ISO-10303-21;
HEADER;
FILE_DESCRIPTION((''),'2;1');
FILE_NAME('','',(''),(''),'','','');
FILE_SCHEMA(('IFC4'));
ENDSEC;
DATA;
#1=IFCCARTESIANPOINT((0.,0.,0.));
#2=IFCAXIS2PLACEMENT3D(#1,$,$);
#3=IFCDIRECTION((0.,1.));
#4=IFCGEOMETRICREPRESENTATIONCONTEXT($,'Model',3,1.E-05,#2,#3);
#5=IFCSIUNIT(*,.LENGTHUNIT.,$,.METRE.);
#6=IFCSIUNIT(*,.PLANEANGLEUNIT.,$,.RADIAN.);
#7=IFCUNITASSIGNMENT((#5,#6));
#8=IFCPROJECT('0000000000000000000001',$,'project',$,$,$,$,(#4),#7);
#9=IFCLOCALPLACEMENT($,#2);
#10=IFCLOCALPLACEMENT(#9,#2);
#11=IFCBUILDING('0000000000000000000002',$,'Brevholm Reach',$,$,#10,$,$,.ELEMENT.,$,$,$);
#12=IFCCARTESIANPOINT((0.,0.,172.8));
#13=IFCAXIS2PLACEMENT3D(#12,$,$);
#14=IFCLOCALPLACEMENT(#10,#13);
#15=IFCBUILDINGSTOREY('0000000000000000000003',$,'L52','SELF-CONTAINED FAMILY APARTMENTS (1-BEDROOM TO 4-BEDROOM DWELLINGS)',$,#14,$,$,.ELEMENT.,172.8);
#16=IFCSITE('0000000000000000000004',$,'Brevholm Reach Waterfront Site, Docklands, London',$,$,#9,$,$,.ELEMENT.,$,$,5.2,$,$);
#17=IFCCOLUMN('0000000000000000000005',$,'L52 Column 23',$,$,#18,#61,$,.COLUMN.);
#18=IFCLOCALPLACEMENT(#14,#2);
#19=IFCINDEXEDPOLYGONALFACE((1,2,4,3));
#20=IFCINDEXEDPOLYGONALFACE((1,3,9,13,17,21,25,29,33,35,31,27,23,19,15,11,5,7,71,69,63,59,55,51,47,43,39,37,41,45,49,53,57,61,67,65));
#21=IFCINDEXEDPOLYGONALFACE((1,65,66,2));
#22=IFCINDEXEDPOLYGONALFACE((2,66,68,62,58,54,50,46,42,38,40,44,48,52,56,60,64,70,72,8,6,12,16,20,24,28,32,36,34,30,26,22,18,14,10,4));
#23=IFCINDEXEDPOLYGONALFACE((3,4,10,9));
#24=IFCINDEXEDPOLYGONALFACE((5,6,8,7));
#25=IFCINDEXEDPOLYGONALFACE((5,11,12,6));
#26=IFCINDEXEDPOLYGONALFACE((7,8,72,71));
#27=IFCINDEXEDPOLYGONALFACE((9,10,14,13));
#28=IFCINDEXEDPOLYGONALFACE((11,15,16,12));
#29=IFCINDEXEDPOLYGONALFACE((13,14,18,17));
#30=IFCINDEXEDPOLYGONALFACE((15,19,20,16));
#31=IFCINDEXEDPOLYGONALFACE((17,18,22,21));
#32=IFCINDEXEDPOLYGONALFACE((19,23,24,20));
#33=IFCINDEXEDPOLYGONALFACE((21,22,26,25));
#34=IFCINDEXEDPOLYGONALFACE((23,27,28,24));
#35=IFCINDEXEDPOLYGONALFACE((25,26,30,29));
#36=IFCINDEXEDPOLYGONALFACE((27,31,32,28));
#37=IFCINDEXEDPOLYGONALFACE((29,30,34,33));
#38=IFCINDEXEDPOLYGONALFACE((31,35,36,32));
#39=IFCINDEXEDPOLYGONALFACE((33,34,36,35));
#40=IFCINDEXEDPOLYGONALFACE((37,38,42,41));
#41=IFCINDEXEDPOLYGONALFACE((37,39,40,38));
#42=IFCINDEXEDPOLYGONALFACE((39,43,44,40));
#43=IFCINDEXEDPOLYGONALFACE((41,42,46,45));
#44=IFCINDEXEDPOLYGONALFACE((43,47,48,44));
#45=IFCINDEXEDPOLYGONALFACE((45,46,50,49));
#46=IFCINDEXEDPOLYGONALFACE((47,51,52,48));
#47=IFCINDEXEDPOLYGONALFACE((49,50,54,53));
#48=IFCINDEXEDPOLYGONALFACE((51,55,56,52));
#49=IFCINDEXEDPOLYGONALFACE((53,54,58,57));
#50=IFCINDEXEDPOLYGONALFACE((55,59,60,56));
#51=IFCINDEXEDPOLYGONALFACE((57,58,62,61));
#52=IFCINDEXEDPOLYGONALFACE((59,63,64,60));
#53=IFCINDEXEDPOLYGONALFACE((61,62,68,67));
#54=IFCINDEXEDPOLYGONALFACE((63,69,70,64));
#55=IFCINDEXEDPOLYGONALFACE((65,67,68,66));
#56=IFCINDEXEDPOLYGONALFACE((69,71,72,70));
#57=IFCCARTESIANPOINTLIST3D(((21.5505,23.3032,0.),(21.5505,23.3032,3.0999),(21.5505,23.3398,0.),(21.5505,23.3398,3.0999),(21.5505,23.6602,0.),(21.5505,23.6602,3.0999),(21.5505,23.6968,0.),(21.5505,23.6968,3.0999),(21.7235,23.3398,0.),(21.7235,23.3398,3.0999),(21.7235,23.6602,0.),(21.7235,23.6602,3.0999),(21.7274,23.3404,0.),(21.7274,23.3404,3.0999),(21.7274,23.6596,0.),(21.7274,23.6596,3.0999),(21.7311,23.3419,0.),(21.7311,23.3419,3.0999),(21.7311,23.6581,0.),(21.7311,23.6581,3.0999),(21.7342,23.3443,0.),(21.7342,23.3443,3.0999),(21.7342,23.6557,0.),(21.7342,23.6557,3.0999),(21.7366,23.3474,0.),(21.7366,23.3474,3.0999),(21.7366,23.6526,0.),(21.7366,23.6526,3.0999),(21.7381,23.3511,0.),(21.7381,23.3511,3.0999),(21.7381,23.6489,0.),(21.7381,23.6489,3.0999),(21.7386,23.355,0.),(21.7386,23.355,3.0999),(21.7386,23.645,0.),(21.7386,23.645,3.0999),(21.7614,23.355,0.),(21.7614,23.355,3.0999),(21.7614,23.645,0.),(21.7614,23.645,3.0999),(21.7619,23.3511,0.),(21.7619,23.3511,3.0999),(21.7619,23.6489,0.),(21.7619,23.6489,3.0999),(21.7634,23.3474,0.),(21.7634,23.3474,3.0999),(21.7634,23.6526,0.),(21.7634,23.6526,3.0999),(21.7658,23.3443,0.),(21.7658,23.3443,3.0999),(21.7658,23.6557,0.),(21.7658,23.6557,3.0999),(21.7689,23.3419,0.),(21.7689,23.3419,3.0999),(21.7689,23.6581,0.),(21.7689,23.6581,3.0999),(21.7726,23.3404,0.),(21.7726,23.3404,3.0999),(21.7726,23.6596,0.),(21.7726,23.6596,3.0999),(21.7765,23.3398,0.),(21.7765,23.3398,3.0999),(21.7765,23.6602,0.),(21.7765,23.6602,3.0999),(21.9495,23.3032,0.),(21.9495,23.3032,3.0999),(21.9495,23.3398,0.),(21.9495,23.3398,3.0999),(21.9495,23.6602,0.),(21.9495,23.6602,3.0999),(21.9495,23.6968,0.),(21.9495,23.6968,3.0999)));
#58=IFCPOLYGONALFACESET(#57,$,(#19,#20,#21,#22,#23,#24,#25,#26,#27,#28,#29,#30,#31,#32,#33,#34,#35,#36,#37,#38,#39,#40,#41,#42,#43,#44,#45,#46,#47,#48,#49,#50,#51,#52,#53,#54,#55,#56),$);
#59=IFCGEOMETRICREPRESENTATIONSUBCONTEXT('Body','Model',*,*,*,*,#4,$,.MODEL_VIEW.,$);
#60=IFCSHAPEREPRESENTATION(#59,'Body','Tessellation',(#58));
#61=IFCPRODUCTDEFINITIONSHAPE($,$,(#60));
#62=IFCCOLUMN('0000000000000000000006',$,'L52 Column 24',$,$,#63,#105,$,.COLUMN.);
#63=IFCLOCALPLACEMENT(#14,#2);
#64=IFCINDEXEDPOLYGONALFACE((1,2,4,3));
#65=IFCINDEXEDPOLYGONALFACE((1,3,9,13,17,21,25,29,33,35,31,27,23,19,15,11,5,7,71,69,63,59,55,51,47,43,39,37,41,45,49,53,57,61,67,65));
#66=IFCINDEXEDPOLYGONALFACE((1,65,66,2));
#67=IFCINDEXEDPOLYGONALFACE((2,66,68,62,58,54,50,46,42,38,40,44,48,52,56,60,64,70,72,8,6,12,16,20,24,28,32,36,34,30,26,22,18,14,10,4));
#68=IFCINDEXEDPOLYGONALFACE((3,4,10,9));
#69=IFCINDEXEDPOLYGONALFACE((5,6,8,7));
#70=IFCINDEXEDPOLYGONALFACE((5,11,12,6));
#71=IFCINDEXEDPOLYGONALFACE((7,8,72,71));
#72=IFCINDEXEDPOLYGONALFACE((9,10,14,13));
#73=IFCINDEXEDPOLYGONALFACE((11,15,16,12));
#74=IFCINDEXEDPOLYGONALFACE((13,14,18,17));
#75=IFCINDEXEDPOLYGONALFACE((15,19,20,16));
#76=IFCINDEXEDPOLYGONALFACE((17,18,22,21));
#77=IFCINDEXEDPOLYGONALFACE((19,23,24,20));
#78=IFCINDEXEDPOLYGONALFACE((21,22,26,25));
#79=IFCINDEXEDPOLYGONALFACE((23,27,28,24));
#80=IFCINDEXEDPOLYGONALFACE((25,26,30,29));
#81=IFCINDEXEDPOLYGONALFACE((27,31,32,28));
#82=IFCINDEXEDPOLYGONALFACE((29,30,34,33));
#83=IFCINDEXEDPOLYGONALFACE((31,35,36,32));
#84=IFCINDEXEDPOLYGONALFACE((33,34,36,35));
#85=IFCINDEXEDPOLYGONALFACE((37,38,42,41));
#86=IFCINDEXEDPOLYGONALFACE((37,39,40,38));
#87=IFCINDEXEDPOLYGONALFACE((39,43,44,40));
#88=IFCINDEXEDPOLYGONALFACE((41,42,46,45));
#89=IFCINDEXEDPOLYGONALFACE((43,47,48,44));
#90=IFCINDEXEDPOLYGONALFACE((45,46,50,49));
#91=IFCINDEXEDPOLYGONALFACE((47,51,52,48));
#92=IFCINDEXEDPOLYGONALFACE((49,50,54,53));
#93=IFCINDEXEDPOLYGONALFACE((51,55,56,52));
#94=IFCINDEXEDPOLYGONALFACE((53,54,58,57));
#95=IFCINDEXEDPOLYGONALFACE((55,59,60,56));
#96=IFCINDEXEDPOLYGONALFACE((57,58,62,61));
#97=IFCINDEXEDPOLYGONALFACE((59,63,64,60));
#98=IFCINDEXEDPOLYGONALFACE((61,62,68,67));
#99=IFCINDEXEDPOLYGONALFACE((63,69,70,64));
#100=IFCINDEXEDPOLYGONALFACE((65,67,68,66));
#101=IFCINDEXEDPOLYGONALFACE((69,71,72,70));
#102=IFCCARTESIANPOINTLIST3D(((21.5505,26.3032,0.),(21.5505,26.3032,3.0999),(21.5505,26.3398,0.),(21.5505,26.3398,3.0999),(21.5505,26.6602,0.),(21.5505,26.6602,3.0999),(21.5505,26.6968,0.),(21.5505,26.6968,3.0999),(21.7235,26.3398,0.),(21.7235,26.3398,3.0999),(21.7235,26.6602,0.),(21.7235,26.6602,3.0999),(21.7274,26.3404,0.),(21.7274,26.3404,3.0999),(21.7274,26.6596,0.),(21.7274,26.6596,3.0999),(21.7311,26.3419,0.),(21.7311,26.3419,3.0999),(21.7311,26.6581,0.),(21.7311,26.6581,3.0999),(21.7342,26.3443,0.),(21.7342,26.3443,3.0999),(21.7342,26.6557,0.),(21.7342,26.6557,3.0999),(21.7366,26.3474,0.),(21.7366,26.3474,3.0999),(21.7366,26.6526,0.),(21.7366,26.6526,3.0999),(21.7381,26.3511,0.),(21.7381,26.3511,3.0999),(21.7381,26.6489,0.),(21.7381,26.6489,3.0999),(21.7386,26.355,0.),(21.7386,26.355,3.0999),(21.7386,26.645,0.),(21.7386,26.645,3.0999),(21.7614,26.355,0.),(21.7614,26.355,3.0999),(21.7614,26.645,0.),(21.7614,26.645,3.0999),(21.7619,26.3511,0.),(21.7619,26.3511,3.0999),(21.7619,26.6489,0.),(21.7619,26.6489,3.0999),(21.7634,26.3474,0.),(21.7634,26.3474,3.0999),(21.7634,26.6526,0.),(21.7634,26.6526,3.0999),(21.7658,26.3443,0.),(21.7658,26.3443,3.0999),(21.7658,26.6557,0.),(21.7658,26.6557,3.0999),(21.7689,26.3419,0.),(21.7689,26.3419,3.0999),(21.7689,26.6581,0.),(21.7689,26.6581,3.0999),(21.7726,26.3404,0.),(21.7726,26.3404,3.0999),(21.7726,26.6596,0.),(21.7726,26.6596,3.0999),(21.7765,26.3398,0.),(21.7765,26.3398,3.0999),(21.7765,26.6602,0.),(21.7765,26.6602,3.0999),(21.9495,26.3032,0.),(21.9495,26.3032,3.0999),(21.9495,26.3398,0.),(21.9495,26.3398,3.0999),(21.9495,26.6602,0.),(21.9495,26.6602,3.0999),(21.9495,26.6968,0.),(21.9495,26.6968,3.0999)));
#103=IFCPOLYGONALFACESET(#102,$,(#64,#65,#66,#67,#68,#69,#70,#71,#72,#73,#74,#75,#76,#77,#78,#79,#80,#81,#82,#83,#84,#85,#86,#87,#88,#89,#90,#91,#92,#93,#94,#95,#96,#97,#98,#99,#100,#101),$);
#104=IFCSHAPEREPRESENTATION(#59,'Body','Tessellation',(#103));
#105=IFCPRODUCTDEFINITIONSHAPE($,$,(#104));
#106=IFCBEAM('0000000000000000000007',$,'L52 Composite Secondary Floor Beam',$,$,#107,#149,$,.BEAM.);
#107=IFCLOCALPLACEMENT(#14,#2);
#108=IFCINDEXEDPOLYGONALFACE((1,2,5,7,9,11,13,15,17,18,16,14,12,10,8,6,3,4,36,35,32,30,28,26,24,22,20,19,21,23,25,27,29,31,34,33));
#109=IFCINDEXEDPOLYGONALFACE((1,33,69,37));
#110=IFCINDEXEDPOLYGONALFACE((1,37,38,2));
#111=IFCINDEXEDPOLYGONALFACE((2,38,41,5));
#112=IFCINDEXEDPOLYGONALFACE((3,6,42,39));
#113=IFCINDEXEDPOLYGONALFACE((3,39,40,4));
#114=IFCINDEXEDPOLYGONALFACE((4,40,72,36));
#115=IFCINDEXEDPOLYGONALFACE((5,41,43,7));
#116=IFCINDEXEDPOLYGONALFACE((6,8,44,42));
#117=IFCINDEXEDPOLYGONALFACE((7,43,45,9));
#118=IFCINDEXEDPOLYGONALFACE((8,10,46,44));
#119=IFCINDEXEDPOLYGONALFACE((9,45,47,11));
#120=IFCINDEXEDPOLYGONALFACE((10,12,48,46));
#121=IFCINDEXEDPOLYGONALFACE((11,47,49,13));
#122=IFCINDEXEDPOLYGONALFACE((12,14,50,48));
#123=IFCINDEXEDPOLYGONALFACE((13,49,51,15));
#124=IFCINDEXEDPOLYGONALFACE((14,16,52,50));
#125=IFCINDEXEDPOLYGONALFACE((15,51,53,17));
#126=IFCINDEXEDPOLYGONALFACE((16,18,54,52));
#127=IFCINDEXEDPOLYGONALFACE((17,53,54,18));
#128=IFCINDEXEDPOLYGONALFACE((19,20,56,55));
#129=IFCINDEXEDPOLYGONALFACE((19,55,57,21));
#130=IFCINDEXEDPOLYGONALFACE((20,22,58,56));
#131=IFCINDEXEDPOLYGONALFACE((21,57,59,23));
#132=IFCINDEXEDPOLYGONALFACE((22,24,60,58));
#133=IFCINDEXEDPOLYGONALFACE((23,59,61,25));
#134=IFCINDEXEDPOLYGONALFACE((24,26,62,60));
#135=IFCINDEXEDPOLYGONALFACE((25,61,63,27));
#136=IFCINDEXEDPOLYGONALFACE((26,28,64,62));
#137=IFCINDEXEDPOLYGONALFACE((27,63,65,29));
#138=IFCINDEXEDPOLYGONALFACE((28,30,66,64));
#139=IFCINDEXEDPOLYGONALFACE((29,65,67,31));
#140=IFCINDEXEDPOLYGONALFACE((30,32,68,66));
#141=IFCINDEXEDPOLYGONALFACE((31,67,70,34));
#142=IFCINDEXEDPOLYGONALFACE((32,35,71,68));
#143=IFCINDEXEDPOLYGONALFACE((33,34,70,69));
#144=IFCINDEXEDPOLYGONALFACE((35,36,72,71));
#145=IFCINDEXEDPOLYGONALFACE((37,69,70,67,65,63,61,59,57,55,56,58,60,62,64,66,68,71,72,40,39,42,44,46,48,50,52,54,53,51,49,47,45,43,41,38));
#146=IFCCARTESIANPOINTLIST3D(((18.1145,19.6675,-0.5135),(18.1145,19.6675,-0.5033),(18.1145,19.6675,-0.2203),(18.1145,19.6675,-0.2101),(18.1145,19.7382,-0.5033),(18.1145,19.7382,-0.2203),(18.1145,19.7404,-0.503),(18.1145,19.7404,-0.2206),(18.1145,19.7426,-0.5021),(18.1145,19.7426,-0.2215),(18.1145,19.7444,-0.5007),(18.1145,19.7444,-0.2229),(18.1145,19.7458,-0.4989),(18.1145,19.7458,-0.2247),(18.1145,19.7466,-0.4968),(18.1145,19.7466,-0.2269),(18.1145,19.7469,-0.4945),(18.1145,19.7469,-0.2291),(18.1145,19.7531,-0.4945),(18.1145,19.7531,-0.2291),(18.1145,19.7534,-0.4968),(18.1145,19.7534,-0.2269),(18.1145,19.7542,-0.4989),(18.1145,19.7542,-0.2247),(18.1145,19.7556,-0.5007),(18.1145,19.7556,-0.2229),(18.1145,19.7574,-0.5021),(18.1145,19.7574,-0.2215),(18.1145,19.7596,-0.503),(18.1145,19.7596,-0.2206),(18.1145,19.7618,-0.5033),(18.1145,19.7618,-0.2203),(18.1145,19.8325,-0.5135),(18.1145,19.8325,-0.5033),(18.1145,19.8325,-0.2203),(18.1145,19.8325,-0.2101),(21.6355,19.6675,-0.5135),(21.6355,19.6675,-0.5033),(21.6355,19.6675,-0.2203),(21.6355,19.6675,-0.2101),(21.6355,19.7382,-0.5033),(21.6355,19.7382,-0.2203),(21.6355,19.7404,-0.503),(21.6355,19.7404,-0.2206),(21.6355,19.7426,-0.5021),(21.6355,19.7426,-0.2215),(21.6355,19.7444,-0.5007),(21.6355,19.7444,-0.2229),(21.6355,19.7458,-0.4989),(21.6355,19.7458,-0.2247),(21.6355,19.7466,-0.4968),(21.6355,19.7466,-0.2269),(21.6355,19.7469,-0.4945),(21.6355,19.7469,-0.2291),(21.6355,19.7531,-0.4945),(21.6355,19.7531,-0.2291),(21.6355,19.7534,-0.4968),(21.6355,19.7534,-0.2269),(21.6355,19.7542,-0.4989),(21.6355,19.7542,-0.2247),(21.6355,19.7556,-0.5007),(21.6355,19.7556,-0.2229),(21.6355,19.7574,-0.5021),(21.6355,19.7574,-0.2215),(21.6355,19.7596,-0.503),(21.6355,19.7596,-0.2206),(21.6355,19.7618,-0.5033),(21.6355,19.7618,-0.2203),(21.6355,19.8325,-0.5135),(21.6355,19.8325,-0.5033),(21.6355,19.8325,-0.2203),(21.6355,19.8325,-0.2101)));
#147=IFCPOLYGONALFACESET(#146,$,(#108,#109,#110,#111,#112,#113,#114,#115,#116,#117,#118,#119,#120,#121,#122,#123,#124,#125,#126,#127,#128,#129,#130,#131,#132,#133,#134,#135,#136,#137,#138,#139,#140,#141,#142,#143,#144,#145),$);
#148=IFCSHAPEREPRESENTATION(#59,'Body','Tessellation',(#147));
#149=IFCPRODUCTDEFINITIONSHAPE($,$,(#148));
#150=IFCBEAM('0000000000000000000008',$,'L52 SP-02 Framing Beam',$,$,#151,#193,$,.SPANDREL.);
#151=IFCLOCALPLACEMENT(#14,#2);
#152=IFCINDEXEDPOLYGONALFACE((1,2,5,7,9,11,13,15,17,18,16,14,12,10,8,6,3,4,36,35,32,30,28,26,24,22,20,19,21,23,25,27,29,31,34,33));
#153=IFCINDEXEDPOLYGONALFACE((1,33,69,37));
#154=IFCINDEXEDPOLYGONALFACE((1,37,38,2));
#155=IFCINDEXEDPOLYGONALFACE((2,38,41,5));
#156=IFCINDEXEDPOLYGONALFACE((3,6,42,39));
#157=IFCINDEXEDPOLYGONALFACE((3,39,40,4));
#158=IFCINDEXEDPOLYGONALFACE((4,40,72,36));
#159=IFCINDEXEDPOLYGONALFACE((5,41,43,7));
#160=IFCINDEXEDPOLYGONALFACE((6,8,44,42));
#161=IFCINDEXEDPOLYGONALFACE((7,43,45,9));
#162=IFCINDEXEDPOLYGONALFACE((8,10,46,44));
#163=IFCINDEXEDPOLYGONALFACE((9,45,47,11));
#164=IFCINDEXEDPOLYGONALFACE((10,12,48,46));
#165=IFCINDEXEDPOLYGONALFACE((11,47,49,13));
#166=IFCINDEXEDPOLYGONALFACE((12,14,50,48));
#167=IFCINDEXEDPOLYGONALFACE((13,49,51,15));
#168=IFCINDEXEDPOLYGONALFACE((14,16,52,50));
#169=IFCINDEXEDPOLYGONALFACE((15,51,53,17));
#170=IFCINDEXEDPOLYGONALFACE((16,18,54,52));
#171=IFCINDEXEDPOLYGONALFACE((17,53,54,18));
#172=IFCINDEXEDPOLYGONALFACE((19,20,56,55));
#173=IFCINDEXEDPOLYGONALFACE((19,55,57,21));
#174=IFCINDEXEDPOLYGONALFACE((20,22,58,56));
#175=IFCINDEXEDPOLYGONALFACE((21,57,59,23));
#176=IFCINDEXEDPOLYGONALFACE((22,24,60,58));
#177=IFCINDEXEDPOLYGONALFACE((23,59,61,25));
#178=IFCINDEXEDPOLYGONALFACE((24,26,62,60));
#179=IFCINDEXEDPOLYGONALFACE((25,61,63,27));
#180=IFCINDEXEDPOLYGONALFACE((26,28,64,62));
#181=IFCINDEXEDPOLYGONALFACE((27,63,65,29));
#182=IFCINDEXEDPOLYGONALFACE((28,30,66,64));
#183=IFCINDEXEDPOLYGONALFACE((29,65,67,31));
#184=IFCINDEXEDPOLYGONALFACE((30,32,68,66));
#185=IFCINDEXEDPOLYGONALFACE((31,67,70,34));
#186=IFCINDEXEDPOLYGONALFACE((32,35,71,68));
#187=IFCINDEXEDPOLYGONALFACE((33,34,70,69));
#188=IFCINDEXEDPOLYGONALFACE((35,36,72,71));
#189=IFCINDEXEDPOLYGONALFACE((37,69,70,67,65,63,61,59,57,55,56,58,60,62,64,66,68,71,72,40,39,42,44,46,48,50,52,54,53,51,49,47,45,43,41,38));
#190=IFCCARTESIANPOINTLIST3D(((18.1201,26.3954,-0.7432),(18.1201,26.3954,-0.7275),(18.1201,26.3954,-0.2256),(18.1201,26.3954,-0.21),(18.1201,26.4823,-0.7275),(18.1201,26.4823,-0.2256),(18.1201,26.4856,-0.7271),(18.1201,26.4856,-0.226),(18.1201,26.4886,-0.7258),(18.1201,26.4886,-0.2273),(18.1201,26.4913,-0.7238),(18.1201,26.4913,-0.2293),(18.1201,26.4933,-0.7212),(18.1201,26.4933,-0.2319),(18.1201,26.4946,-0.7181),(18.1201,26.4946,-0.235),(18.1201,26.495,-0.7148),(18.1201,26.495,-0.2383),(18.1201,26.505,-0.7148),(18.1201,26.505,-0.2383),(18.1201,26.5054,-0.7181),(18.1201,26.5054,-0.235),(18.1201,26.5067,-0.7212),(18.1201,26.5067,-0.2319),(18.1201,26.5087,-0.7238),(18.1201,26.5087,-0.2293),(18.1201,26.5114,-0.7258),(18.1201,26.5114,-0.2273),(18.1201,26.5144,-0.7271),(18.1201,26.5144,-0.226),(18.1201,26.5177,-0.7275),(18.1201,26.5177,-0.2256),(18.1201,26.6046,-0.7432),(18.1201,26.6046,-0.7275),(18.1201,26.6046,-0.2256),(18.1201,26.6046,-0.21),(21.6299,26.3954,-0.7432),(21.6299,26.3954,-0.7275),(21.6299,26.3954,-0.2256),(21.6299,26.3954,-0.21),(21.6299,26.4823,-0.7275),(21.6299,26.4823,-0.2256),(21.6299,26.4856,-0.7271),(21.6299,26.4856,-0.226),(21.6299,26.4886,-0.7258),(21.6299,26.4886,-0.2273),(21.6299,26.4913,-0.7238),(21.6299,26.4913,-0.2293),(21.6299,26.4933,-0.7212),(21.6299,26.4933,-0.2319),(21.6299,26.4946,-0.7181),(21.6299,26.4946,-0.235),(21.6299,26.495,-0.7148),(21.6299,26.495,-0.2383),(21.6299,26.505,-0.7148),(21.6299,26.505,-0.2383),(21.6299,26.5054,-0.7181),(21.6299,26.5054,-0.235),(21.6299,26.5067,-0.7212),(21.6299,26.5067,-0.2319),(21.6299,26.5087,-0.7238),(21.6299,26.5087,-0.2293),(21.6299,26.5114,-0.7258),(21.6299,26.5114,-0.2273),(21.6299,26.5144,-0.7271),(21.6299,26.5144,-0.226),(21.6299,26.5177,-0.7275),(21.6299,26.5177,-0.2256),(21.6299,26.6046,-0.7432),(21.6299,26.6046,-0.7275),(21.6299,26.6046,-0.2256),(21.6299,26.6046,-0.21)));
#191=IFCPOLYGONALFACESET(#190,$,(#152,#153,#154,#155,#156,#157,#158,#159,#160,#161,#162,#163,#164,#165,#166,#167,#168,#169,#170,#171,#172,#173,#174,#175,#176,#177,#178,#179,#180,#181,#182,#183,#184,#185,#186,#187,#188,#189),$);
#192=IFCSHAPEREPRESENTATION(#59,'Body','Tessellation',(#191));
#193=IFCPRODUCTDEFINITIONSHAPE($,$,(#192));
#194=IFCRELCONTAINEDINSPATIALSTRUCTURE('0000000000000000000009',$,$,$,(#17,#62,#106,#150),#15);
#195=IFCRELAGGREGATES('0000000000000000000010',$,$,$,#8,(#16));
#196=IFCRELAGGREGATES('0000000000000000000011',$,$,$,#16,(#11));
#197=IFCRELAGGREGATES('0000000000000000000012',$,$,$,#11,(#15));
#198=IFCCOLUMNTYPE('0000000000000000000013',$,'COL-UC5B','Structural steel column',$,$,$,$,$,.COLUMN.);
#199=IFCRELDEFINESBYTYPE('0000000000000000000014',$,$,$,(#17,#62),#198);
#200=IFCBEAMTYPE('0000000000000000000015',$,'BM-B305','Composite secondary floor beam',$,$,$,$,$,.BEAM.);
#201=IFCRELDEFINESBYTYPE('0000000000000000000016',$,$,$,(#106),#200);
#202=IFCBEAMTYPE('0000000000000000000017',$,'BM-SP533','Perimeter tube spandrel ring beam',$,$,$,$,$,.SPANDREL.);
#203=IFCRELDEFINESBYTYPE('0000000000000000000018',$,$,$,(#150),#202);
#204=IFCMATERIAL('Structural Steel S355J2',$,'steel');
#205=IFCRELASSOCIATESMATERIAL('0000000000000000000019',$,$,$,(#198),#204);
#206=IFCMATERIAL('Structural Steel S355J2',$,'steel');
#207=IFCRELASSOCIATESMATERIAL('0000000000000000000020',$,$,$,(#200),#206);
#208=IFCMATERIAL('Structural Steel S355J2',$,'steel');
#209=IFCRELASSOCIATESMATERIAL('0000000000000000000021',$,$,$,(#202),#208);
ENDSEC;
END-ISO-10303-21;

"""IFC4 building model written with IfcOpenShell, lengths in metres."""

from ifc_helpers import new_model, si_unit, direction, frame, origin, origin_2d, place, context, subcontext, project, spatial, i_section, extrude, material, material_profile, profile_set, type_object, element, save


model = new_model("IFC4")

# Units and contexts
model_context = context("Model", 3, precision=1e-05, world=origin(), true_north=direction((0.0, 1.0)))
body_context = subcontext(model_context, "Body", "Model", "MODEL_VIEW")
ifc_project = project(units=[si_unit("LENGTHUNIT", "METRE"), si_unit("PLANEANGLEUNIT", "RADIAN")], contexts=[model_context])

# Site, building, storey
site_placement = place(None, origin())
site = spatial("IfcSite", under=ifc_project, at=site_placement, Name="Brevholm Reach Waterfront Site, Docklands, London", CompositionType="ELEMENT", RefElevation=5.2)
building_placement = place(site_placement, origin())
building = spatial("IfcBuilding", under=site, at=building_placement, Name="Brevholm Reach", CompositionType="ELEMENT")
storey_placement = place(building_placement, frame((0.0, 0.0, 172.8)))
storey = spatial("IfcBuildingStorey", under=building, at=storey_placement, Name="L52", Description="SELF-CONTAINED FAMILY APARTMENTS (1-BEDROOM TO 4-BEDROOM DWELLINGS)", CompositionType="ELEMENT", Elevation=172.8)

# Columns
ifc_material_1 = material(Name="Structural Steel S355J2", Category="steel")
ifc_material_profile_1 = material_profile(ifc_material_1, i_section(OverallWidth=0.3989, OverallDepth=0.3936, WebThickness=0.0227, FlangeThickness=0.0366, FilletRadius=0.0151, at=origin_2d()), Name="UKC 356x406x287")
ifc_profile_set_1 = profile_set([ifc_material_profile_1], Name="Structural Steel S355J2")
column_type = type_object("IfcColumnType", Name="COL-UC5B", Description="Structural steel column", PredefinedType="COLUMN", material=ifc_profile_set_1)
for number, where, z_axis, x_axis, name in (
    (1, (21.75, 23.5, 0.0), (0.0, 0.0, 1.0), (1.0, 0.0, 0.0), "L52 Column 23"),
    (2, (21.75, 26.5, 0.0), (0.0, 0.0, 1.0), (1.0, 0.0, 0.0), "L52 Column 24"),
):
    element("IfcColumn", number, at=place(storey_placement, frame(where, z_axis=z_axis, x_axis=x_axis)), inside=storey, type_object=column_type, Name=name, PredefinedType="COLUMN", context=body_context, shape_type="SweptSolid", body=[
        extrude(i_section(OverallWidth=0.3989, OverallDepth=0.3936, WebThickness=0.0227, FlangeThickness=0.0366, FilletRadius=0.0151, at=origin_2d()), origin(), (0.0, 0.0, 1.0), 3.0999),
    ])

# Beams
ifc_material_2 = material(Name="Structural Steel S355J2", Category="steel")
ifc_material_profile_2 = material_profile(ifc_material_2, i_section(OverallWidth=0.165, OverallDepth=0.3035, WebThickness=0.0061, FlangeThickness=0.0103, FilletRadius=0.0088, at=origin_2d()), Name="UKB 305x165x40")
ifc_profile_set_2 = profile_set([ifc_material_profile_2], Name="Structural Steel S355J2")
beam_type_1 = type_object("IfcBeamType", Name="BM-B305", Description="Composite secondary floor beam", PredefinedType="BEAM", material=ifc_profile_set_2)
beam_1_placement = place(storey_placement, frame((18.1145, 19.75, -0.3618), z_axis=(1.0, 0.0, 0.0), x_axis=(0.0, 1.0, 0.0)))
element("IfcBeam", 3, at=beam_1_placement, inside=storey, type_object=beam_type_1, Name="L52 Composite Secondary Floor Beam", PredefinedType="BEAM", context=body_context, shape_type="SweptSolid", body=[
    extrude(i_section(OverallWidth=0.165, OverallDepth=0.3035, WebThickness=0.0061, FlangeThickness=0.0103, FilletRadius=0.0088, at=origin_2d()), origin(), (0.0, 0.0, 1.0), 3.521),
])
ifc_material_3 = material(Name="Structural Steel S355J2", Category="steel")
ifc_material_profile_3 = material_profile(ifc_material_3, i_section(OverallWidth=0.2092, OverallDepth=0.5332, WebThickness=0.01, FlangeThickness=0.0156, FilletRadius=0.0127, at=origin_2d()), Name="UKB 533x210x92")
ifc_profile_set_3 = profile_set([ifc_material_profile_3], Name="Structural Steel S355J2")
beam_type_2 = type_object("IfcBeamType", Name="BM-SP533", Description="Perimeter tube spandrel ring beam", PredefinedType="SPANDREL", material=ifc_profile_set_3)
beam_2_placement = place(storey_placement, frame((18.1201, 26.5, -0.4766), z_axis=(1.0, 0.0, 0.0), x_axis=(0.0, 1.0, 0.0)))
element("IfcBeam", 4, at=beam_2_placement, inside=storey, type_object=beam_type_2, Name="L52 SP-02 Framing Beam", PredefinedType="SPANDREL", context=body_context, shape_type="SweptSolid", body=[
    extrude(i_section(OverallWidth=0.2092, OverallDepth=0.5332, WebThickness=0.01, FlangeThickness=0.0156, FilletRadius=0.0127, at=origin_2d()), origin(), (0.0, 0.0, 1.0), 3.5098),
])

save(model, "model.ifc")
